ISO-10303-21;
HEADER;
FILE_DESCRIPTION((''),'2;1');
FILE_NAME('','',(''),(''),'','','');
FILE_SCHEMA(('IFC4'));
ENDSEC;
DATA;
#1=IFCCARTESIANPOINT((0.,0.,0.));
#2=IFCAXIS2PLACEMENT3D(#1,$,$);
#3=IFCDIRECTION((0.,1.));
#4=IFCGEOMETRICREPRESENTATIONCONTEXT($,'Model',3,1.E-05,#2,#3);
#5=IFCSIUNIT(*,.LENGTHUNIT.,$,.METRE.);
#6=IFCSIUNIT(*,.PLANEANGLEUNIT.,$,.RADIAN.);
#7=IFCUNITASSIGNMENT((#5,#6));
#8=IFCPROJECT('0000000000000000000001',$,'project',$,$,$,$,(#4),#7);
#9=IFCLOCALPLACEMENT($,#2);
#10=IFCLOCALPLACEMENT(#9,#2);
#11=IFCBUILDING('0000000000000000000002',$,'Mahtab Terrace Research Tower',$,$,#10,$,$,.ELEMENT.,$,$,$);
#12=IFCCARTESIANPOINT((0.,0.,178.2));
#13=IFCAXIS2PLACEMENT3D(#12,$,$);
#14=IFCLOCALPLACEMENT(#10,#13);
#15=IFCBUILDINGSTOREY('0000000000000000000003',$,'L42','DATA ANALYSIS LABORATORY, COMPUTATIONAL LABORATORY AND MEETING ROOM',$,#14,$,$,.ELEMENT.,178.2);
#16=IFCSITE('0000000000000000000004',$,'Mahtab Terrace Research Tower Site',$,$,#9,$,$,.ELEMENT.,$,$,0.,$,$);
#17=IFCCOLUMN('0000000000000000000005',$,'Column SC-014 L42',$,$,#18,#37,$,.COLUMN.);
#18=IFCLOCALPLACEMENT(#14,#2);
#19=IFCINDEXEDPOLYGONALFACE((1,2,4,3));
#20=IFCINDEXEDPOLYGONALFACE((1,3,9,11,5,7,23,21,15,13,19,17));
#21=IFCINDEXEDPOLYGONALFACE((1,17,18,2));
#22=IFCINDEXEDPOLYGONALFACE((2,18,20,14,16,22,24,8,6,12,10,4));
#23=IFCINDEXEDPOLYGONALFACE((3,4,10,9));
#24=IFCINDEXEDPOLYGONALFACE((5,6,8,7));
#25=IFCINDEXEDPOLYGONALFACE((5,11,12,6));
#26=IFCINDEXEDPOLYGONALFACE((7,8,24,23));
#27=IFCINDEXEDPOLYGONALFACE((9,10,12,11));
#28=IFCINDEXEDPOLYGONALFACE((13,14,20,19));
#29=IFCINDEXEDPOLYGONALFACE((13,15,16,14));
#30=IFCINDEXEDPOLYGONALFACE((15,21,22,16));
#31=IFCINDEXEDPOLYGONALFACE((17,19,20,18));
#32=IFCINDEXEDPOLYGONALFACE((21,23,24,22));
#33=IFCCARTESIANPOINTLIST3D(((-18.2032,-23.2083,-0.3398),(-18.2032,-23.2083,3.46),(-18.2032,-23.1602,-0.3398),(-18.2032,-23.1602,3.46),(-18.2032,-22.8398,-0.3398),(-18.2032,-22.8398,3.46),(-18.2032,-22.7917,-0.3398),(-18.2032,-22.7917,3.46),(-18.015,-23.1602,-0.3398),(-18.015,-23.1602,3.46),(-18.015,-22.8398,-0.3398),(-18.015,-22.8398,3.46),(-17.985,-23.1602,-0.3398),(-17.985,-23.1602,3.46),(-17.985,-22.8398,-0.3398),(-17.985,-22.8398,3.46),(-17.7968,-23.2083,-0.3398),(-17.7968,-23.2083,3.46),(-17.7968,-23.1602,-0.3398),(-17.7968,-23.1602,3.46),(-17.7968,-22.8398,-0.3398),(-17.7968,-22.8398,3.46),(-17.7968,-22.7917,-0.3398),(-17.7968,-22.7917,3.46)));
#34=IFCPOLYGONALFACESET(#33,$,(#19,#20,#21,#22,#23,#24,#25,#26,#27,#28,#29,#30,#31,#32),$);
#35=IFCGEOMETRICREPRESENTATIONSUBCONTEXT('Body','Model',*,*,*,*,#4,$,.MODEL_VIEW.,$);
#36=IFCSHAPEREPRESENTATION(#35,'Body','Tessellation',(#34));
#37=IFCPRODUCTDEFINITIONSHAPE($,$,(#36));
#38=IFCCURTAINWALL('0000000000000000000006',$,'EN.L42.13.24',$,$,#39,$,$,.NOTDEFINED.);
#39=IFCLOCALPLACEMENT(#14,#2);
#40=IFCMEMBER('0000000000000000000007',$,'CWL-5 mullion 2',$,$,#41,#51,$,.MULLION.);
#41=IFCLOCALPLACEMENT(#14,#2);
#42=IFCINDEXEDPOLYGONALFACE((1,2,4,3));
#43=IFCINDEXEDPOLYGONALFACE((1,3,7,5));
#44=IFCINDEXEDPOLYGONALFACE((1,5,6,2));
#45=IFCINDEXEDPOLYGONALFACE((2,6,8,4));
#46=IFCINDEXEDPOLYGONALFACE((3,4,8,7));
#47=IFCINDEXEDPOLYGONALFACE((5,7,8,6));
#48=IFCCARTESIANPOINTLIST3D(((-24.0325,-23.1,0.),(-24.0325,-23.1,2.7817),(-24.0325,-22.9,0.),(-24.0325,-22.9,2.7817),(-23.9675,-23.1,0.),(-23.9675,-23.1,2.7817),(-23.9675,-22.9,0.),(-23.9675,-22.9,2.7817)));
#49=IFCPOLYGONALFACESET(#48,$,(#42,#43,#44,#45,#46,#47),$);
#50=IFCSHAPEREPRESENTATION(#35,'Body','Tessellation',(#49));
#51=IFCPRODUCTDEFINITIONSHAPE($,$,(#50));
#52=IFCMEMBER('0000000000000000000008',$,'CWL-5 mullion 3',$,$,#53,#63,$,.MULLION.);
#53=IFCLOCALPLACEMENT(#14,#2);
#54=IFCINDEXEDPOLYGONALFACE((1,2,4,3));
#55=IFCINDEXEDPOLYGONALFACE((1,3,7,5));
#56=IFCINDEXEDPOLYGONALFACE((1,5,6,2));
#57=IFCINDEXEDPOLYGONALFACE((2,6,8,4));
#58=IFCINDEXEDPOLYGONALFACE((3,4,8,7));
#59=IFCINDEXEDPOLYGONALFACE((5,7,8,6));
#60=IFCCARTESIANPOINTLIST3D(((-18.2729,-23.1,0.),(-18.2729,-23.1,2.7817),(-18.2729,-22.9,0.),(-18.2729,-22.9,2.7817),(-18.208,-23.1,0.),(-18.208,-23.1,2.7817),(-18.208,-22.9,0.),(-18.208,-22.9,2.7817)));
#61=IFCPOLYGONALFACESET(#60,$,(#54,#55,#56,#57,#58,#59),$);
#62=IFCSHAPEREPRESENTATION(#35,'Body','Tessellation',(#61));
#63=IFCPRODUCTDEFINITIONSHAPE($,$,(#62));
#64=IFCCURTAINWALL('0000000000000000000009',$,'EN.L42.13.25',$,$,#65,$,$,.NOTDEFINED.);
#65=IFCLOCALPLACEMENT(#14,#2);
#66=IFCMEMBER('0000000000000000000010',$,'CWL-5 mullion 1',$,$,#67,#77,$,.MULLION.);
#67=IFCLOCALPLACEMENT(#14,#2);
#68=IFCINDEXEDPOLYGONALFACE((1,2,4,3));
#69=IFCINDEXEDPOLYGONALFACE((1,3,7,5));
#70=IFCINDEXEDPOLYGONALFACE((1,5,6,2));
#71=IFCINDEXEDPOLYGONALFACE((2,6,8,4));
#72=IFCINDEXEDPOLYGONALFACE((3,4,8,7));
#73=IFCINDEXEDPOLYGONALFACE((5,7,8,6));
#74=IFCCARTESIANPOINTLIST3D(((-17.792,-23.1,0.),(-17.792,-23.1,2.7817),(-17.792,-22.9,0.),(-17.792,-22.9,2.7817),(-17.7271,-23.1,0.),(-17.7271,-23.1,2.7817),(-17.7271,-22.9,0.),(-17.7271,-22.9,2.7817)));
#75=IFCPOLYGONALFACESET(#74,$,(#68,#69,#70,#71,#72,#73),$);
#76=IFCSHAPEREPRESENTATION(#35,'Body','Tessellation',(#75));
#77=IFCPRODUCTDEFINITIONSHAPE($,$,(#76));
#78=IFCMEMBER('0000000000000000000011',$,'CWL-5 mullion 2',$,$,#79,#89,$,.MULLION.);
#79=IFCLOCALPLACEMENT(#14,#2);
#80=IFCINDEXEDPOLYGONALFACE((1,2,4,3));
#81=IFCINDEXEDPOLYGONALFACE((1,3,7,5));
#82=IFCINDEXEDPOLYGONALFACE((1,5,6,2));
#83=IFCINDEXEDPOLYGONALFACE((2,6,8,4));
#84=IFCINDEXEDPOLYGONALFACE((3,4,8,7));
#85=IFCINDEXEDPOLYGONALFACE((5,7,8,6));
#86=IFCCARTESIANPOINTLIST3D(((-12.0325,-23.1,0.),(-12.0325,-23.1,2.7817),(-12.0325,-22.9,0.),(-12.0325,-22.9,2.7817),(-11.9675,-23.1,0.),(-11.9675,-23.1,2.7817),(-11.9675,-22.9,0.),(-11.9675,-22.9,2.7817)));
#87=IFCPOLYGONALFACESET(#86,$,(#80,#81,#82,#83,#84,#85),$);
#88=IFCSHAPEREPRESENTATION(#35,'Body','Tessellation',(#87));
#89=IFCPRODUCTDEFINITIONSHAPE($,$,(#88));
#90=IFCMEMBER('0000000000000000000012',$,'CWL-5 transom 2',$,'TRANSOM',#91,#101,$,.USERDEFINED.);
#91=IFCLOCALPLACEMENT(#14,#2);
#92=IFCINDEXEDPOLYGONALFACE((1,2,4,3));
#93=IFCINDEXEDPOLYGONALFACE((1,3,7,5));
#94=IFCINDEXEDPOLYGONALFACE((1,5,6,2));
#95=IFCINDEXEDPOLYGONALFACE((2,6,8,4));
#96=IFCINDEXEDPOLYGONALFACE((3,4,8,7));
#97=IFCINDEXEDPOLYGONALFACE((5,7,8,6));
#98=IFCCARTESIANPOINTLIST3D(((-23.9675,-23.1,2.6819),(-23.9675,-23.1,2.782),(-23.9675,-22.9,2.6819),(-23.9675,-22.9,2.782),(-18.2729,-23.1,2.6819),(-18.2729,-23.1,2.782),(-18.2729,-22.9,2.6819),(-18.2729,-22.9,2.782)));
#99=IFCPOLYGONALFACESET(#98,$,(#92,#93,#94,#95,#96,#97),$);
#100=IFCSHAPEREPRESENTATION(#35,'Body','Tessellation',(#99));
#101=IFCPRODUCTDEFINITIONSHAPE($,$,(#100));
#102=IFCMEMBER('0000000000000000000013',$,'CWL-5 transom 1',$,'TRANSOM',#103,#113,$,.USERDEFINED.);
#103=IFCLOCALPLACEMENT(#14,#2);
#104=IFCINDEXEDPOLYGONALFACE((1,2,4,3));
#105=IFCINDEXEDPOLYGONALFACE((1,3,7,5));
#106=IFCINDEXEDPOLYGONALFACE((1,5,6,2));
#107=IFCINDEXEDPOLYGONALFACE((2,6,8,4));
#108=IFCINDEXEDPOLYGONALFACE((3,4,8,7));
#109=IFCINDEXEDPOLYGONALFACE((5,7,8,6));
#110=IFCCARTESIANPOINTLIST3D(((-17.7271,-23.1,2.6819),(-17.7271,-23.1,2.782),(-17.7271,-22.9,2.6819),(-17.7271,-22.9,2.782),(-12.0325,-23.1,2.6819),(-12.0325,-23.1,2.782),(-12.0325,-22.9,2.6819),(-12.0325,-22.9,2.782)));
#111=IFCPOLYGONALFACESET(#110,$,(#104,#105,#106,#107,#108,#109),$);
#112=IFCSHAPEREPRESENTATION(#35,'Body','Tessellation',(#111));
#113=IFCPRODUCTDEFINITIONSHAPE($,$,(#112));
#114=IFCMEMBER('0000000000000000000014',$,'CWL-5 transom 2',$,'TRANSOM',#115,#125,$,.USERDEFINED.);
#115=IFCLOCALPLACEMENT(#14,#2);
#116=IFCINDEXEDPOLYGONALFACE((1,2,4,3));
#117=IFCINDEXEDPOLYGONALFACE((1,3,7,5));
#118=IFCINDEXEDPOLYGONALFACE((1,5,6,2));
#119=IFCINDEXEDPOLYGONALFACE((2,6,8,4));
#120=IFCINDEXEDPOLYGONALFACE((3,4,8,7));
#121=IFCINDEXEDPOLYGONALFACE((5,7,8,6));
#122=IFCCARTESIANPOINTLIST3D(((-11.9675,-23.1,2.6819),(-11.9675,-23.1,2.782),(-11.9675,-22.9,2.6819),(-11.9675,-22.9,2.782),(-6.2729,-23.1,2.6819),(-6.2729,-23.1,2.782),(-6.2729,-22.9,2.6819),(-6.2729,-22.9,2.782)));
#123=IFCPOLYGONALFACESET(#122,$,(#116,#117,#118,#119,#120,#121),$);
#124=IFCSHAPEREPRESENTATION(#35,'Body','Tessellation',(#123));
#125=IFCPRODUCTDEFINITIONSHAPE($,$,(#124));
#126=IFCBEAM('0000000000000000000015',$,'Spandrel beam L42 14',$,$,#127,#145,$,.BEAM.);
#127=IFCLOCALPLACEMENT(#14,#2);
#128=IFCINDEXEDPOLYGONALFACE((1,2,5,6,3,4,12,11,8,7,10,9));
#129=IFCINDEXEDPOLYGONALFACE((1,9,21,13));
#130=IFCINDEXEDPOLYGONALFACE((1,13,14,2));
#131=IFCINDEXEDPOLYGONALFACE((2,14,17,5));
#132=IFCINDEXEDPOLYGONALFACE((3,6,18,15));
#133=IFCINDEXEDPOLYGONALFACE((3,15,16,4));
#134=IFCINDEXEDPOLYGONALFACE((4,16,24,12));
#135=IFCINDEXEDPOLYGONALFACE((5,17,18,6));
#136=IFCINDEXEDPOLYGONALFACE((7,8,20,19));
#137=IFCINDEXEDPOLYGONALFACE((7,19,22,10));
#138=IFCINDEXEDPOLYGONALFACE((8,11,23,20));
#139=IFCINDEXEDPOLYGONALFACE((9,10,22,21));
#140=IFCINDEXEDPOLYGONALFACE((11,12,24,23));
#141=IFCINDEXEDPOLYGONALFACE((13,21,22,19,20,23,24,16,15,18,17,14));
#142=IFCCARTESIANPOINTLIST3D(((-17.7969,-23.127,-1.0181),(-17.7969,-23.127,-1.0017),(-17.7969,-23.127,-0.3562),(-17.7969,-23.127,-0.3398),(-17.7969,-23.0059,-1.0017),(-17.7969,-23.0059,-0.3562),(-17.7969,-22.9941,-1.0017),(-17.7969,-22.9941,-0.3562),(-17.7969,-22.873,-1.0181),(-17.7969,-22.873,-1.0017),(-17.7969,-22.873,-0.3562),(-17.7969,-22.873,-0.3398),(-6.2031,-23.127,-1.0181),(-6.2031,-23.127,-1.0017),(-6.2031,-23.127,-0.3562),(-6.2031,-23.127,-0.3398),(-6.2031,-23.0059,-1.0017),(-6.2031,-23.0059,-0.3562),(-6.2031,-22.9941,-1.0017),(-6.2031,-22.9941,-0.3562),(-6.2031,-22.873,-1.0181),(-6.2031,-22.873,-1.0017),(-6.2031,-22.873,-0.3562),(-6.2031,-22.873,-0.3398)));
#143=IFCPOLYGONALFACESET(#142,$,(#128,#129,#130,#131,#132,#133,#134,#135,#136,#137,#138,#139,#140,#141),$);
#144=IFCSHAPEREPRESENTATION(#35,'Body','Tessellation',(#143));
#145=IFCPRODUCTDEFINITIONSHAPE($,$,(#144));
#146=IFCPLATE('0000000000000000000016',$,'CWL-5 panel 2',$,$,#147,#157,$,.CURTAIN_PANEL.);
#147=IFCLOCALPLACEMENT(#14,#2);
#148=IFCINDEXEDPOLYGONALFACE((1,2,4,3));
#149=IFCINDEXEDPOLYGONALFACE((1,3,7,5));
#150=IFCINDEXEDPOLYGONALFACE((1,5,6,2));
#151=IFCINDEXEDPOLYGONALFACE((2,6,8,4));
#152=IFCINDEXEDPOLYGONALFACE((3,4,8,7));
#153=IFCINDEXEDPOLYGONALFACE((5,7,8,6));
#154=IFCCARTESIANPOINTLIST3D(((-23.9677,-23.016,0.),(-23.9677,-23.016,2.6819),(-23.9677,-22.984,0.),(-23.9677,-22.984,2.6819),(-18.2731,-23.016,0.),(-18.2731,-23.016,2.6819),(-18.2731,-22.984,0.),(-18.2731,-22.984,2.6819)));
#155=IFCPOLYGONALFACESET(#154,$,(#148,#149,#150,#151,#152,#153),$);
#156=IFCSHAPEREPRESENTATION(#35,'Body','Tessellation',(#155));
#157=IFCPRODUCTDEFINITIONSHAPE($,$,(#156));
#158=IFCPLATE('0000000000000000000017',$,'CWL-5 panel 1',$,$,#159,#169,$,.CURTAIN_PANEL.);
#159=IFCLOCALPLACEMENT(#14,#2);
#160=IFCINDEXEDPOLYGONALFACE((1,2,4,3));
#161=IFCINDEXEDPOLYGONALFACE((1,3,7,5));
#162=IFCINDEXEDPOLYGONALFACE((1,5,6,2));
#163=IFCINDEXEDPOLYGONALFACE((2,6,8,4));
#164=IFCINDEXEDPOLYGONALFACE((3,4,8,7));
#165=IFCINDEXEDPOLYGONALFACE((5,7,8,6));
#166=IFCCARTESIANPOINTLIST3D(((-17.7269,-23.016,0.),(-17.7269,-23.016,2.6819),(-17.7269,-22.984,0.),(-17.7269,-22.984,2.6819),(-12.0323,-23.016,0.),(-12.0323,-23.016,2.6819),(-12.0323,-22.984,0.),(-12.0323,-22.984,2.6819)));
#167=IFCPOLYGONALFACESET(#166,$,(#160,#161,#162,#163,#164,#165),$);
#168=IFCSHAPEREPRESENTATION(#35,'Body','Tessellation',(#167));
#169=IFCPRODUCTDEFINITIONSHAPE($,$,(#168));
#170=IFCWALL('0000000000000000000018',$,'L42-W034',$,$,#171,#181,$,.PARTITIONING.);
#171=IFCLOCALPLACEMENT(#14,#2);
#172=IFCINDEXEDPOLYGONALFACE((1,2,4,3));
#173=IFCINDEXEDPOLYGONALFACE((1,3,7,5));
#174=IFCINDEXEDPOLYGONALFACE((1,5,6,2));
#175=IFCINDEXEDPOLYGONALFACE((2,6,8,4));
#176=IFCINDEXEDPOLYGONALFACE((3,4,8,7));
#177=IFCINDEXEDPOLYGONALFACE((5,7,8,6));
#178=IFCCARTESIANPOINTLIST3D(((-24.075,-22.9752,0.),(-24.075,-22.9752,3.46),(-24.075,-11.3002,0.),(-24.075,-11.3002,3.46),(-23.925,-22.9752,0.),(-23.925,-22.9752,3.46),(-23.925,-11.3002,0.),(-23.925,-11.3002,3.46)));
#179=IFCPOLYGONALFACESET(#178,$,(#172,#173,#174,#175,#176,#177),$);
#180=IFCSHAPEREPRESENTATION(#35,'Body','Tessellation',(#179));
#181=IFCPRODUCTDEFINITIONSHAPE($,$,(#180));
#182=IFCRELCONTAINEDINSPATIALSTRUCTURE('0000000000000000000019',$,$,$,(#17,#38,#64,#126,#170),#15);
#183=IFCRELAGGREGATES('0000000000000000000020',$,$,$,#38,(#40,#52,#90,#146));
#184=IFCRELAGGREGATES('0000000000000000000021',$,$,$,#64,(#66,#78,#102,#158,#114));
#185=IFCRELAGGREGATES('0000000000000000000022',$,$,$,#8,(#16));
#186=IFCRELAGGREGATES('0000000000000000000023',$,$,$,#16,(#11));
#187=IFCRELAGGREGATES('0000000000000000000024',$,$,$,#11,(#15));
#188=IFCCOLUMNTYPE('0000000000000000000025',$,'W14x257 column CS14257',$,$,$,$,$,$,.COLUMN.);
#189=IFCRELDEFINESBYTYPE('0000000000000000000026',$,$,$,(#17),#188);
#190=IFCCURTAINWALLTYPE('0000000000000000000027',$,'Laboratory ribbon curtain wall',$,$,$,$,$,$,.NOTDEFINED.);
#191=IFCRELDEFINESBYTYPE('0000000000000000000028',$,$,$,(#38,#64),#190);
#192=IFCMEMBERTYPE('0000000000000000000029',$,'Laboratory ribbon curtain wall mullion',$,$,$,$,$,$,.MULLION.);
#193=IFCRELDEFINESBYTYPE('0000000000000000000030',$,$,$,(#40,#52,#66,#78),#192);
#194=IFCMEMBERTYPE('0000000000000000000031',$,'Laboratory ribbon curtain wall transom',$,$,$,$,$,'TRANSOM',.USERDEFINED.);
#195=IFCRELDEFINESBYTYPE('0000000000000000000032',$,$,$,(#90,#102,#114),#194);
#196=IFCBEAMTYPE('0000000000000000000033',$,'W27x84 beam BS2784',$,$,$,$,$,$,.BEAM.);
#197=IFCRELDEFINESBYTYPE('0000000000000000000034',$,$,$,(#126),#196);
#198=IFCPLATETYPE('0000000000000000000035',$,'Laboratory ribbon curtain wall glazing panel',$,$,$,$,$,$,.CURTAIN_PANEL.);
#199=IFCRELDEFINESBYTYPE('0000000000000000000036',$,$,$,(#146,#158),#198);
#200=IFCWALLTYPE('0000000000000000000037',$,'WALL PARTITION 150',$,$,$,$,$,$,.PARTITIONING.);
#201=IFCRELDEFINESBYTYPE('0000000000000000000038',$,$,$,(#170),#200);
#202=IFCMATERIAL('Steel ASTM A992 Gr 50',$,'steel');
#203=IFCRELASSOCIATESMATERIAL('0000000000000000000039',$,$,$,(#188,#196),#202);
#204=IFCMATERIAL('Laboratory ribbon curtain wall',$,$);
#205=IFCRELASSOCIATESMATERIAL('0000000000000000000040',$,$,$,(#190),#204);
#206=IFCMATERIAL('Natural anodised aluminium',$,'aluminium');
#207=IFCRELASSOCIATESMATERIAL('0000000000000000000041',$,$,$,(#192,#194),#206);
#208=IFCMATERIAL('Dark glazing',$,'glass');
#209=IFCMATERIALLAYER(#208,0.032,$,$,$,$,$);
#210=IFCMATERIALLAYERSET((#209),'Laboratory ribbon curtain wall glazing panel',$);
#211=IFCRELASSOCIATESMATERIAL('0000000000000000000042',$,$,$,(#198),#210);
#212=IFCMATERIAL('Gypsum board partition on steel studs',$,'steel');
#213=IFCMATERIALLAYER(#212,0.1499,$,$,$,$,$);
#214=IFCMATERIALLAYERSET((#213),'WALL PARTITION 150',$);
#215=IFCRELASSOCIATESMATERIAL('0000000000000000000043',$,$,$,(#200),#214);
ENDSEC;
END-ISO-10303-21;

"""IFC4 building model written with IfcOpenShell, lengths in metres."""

from ifc_helpers import new_model, si_unit, direction, frame, frame_2d, origin, origin_2d, place, context, subcontext, project, spatial, rectangle, i_section, extrude, material, layer, layer_set, material_profile, profile_set, type_object, element, aggregate, save


model = new_model("IFC4")

# Units and contexts
model_context = context("Model", 3, precision=1e-05, world=origin(), true_north=direction((0.0, 1.0)))
body_context = subcontext(model_context, "Body", "Model", "MODEL_VIEW")
ifc_project = project(units=[si_unit("LENGTHUNIT", "METRE"), si_unit("PLANEANGLEUNIT", "RADIAN")], contexts=[model_context])

# Site, building, storey
site_placement = place(None, origin())
site = spatial("IfcSite", under=ifc_project, at=site_placement, Name="Mahtab Terrace Research Tower Site", CompositionType="ELEMENT", RefElevation=0.0)
building_placement = place(site_placement, origin())
building = spatial("IfcBuilding", under=site, at=building_placement, Name="Mahtab Terrace Research Tower", CompositionType="ELEMENT")
storey_placement = place(building_placement, frame((0.0, 0.0, 178.2)))
storey = spatial("IfcBuildingStorey", under=building, at=storey_placement, Name="L42", Description="DATA ANALYSIS LABORATORY, COMPUTATIONAL LABORATORY AND MEETING ROOM", CompositionType="ELEMENT", Elevation=178.2)

# Column
ifc_material_1 = material(Name="Steel ASTM A992 Gr 50", Category="steel")
ifc_material_profile_1 = material_profile(ifc_material_1, i_section(OverallWidth=0.4065, OverallDepth=0.4165, WebThickness=0.03, FlangeThickness=0.0481, at=origin_2d()), Name="W14X257")
ifc_profile_set_1 = profile_set([ifc_material_profile_1], Name="Steel ASTM A992 Gr 50")
column_type = type_object("IfcColumnType", Name="W14x257 column CS14257", PredefinedType="COLUMN", material=ifc_profile_set_1)
column_placement = place(storey_placement, frame((-18.0, -23.0, -0.3398), z_axis=(0.0, 0.0, 1.0), x_axis=(1.0, 0.0, 0.0)))
element("IfcColumn", 1, at=column_placement, inside=storey, type_object=column_type, Name="Column SC-014 L42", PredefinedType="COLUMN", context=body_context, shape_type="SweptSolid", body=[
    extrude(i_section(OverallWidth=0.4065, OverallDepth=0.4165, WebThickness=0.03, FlangeThickness=0.0481, at=origin_2d()), origin(), (0.0, 0.0, 1.0), 3.7998),
])

# Curtain walls, members
ifc_material_2 = material(Name="Laboratory ribbon curtain wall")
curtain_wall_type = type_object("IfcCurtainWallType", Name="Laboratory ribbon curtain wall", PredefinedType="NOTDEFINED", material=ifc_material_2)
curtain_wall_1_placement = place(storey_placement, origin())
curtain_wall_1 = element("IfcCurtainWall", 2, at=curtain_wall_1_placement, inside=storey, type_object=curtain_wall_type, Name="EN.L42.13.24", PredefinedType="NOTDEFINED")
ifc_material_3 = material(Name="Natural anodised aluminium", Category="aluminium")
ifc_material_profile_2 = material_profile(ifc_material_3, rectangle(XDim=0.2, YDim=0.0649, at=origin_2d()), Name="MULLION 65x200")
ifc_profile_set_2 = profile_set([ifc_material_profile_2], Name="Natural anodised aluminium")
member_type_1 = type_object("IfcMemberType", Name="Laboratory ribbon curtain wall mullion", PredefinedType="MULLION", material=ifc_profile_set_2)
member_1_placement = place(storey_placement, frame((-24.0, -23.0, 0.0), z_axis=(0.0, 0.0, 1.0), x_axis=(0.0, 1.0, 0.0)))
member_1 = element("IfcMember", 3, at=member_1_placement, type_object=member_type_1, Name="CWL-5 mullion 2", PredefinedType="MULLION", context=body_context, shape_type="SweptSolid", body=[
    extrude(rectangle(XDim=0.2, YDim=0.0649, at=origin_2d()), origin(), (0.0, 0.0, 1.0), 2.7817),
])
member_2_placement = place(storey_placement, frame((-18.2405, -23.0, 0.0), z_axis=(0.0, 0.0, 1.0), x_axis=(0.0, 1.0, 0.0)))
member_2 = element("IfcMember", 4, at=member_2_placement, type_object=member_type_1, Name="CWL-5 mullion 3", PredefinedType="MULLION", context=body_context, shape_type="SweptSolid", body=[
    extrude(rectangle(XDim=0.2, YDim=0.0649, at=origin_2d()), origin(), (0.0, 0.0, 1.0), 2.7817),
])
curtain_wall_2_placement = place(storey_placement, origin())
curtain_wall_2 = element("IfcCurtainWall", 5, at=curtain_wall_2_placement, inside=storey, type_object=curtain_wall_type, Name="EN.L42.13.25", PredefinedType="NOTDEFINED")
member_3_placement = place(storey_placement, frame((-17.7595, -23.0, 0.0), z_axis=(0.0, 0.0, 1.0), x_axis=(0.0, 1.0, 0.0)))
member_3 = element("IfcMember", 6, at=member_3_placement, type_object=member_type_1, Name="CWL-5 mullion 1", PredefinedType="MULLION", context=body_context, shape_type="SweptSolid", body=[
    extrude(rectangle(XDim=0.2, YDim=0.0649, at=origin_2d()), origin(), (0.0, 0.0, 1.0), 2.7817),
])
member_4_placement = place(storey_placement, frame((-12.0, -23.0, 0.0), z_axis=(0.0, 0.0, 1.0), x_axis=(0.0, 1.0, 0.0)))
member_4 = element("IfcMember", 7, at=member_4_placement, type_object=member_type_1, Name="CWL-5 mullion 2", PredefinedType="MULLION", context=body_context, shape_type="SweptSolid", body=[
    extrude(rectangle(XDim=0.2, YDim=0.0649, at=origin_2d()), origin(), (0.0, 0.0, 1.0), 2.7817),
])

# Members
ifc_material_profile_3 = material_profile(ifc_material_3, rectangle(XDim=0.2, YDim=0.1001, at=origin_2d()), Name="TRANSOM 100x200")
ifc_profile_set_3 = profile_set([ifc_material_profile_3], Name="Natural anodised aluminium")
member_type_2 = type_object("IfcMemberType", Name="Laboratory ribbon curtain wall transom", ElementType="TRANSOM", PredefinedType="USERDEFINED", material=ifc_profile_set_3)
member_5_placement = place(storey_placement, frame((-23.9675, -23.0, 2.7319), z_axis=(1.0, 0.0, 0.0), x_axis=(0.0, 1.0, 0.0)))
member_5 = element("IfcMember", 8, at=member_5_placement, type_object=member_type_2, Name="CWL-5 transom 2", ObjectType="TRANSOM", PredefinedType="USERDEFINED", context=body_context, shape_type="SweptSolid", body=[
    extrude(rectangle(XDim=0.2, YDim=0.1001, at=origin_2d()), origin(), (0.0, 0.0, 1.0), 5.6946),
])
member_6_placement = place(storey_placement, frame((-17.7271, -23.0, 2.7319), z_axis=(1.0, 0.0, 0.0), x_axis=(0.0, 1.0, 0.0)))
member_6 = element("IfcMember", 9, at=member_6_placement, type_object=member_type_2, Name="CWL-5 transom 1", ObjectType="TRANSOM", PredefinedType="USERDEFINED", context=body_context, shape_type="SweptSolid", body=[
    extrude(rectangle(XDim=0.2, YDim=0.1001, at=origin_2d()), origin(), (0.0, 0.0, 1.0), 5.6946),
])
member_7_placement = place(storey_placement, frame((-11.9675, -23.0, 2.7319), z_axis=(1.0, 0.0, 0.0), x_axis=(0.0, 1.0, 0.0)))
member_7 = element("IfcMember", 10, at=member_7_placement, type_object=member_type_2, Name="CWL-5 transom 2", ObjectType="TRANSOM", PredefinedType="USERDEFINED", context=body_context, shape_type="SweptSolid", body=[
    extrude(rectangle(XDim=0.2, YDim=0.1001, at=origin_2d()), origin(), (0.0, 0.0, 1.0), 5.6946),
])

# Beam
ifc_material_profile_4 = material_profile(ifc_material_1, i_section(OverallWidth=0.2539, OverallDepth=0.6782, WebThickness=0.0117, FlangeThickness=0.0164, at=origin_2d()), Name="W27X84")
ifc_profile_set_4 = profile_set([ifc_material_profile_4], Name="Steel ASTM A992 Gr 50")
beam_type = type_object("IfcBeamType", Name="W27x84 beam BS2784", PredefinedType="BEAM", material=ifc_profile_set_4)
beam_placement = place(storey_placement, frame((-17.7969, -23.0, -0.679), z_axis=(1.0, 0.0, 0.0), x_axis=(0.0, 1.0, 0.0)))
element("IfcBeam", 11, at=beam_placement, inside=storey, type_object=beam_type, Name="Spandrel beam L42 14", PredefinedType="BEAM", context=body_context, shape_type="SweptSolid", body=[
    extrude(i_section(OverallWidth=0.2539, OverallDepth=0.6782, WebThickness=0.0117, FlangeThickness=0.0164, at=origin_2d()), origin(), (0.0, 0.0, 1.0), 11.5938),
])

# Plates
ifc_material_4 = material(Name="Dark glazing", Category="glass")
ifc_layer_1 = layer(ifc_material_4, 0.032)
ifc_layer_set_1 = layer_set([ifc_layer_1], Name="Laboratory ribbon curtain wall glazing panel")
plate_type = type_object("IfcPlateType", Name="Laboratory ribbon curtain wall glazing panel", PredefinedType="CURTAIN_PANEL", material=ifc_layer_set_1)
plate_1_placement = place(storey_placement, frame((-21.1204, -23.0, 0.0), z_axis=(0.0, 0.0, 1.0), x_axis=(1.0, 0.0, 0.0)))
plate_1 = element("IfcPlate", 12, at=plate_1_placement, type_object=plate_type, Name="CWL-5 panel 2", PredefinedType="CURTAIN_PANEL", context=body_context, shape_type="SweptSolid", body=[
    extrude(rectangle(XDim=5.6946, YDim=0.032, at=origin_2d()), origin(), (0.0, 0.0, 1.0), 2.6819),
])
aggregate(curtain_wall_1, [member_1, member_2, member_5, plate_1])
plate_2_placement = place(storey_placement, frame((-14.8796, -23.0, 0.0), z_axis=(0.0, 0.0, 1.0), x_axis=(1.0, 0.0, 0.0)))
plate_2 = element("IfcPlate", 13, at=plate_2_placement, type_object=plate_type, Name="CWL-5 panel 1", PredefinedType="CURTAIN_PANEL", context=body_context, shape_type="SweptSolid", body=[
    extrude(rectangle(XDim=5.6946, YDim=0.032, at=origin_2d()), origin(), (0.0, 0.0, 1.0), 2.6819),
])
aggregate(curtain_wall_2, [member_3, member_4, member_6, plate_2, member_7])

# Wall
ifc_material_5 = material(Name="Gypsum board partition on steel studs", Category="steel")
ifc_layer_2 = layer(ifc_material_5, 0.1499)
ifc_layer_set_2 = layer_set([ifc_layer_2], Name="WALL PARTITION 150")
wall_type = type_object("IfcWallType", Name="WALL PARTITION 150", PredefinedType="PARTITIONING", material=ifc_layer_set_2)
wall_placement = place(storey_placement, frame((-24.0, -22.9751, 0.0), z_axis=(0.0, 0.0, 1.0), x_axis=(0.0, 1.0, 0.0)))
element("IfcWall", 14, at=wall_placement, inside=storey, type_object=wall_type, Name="L42-W034", PredefinedType="PARTITIONING", context=body_context, shape_type="SweptSolid", body=[
    extrude(rectangle(XDim=11.675, YDim=0.1499, at=frame_2d((5.8374, 0.0))), origin(), (0.0, 0.0, 1.0), 3.46),
])

save(model, "model.ifc")
